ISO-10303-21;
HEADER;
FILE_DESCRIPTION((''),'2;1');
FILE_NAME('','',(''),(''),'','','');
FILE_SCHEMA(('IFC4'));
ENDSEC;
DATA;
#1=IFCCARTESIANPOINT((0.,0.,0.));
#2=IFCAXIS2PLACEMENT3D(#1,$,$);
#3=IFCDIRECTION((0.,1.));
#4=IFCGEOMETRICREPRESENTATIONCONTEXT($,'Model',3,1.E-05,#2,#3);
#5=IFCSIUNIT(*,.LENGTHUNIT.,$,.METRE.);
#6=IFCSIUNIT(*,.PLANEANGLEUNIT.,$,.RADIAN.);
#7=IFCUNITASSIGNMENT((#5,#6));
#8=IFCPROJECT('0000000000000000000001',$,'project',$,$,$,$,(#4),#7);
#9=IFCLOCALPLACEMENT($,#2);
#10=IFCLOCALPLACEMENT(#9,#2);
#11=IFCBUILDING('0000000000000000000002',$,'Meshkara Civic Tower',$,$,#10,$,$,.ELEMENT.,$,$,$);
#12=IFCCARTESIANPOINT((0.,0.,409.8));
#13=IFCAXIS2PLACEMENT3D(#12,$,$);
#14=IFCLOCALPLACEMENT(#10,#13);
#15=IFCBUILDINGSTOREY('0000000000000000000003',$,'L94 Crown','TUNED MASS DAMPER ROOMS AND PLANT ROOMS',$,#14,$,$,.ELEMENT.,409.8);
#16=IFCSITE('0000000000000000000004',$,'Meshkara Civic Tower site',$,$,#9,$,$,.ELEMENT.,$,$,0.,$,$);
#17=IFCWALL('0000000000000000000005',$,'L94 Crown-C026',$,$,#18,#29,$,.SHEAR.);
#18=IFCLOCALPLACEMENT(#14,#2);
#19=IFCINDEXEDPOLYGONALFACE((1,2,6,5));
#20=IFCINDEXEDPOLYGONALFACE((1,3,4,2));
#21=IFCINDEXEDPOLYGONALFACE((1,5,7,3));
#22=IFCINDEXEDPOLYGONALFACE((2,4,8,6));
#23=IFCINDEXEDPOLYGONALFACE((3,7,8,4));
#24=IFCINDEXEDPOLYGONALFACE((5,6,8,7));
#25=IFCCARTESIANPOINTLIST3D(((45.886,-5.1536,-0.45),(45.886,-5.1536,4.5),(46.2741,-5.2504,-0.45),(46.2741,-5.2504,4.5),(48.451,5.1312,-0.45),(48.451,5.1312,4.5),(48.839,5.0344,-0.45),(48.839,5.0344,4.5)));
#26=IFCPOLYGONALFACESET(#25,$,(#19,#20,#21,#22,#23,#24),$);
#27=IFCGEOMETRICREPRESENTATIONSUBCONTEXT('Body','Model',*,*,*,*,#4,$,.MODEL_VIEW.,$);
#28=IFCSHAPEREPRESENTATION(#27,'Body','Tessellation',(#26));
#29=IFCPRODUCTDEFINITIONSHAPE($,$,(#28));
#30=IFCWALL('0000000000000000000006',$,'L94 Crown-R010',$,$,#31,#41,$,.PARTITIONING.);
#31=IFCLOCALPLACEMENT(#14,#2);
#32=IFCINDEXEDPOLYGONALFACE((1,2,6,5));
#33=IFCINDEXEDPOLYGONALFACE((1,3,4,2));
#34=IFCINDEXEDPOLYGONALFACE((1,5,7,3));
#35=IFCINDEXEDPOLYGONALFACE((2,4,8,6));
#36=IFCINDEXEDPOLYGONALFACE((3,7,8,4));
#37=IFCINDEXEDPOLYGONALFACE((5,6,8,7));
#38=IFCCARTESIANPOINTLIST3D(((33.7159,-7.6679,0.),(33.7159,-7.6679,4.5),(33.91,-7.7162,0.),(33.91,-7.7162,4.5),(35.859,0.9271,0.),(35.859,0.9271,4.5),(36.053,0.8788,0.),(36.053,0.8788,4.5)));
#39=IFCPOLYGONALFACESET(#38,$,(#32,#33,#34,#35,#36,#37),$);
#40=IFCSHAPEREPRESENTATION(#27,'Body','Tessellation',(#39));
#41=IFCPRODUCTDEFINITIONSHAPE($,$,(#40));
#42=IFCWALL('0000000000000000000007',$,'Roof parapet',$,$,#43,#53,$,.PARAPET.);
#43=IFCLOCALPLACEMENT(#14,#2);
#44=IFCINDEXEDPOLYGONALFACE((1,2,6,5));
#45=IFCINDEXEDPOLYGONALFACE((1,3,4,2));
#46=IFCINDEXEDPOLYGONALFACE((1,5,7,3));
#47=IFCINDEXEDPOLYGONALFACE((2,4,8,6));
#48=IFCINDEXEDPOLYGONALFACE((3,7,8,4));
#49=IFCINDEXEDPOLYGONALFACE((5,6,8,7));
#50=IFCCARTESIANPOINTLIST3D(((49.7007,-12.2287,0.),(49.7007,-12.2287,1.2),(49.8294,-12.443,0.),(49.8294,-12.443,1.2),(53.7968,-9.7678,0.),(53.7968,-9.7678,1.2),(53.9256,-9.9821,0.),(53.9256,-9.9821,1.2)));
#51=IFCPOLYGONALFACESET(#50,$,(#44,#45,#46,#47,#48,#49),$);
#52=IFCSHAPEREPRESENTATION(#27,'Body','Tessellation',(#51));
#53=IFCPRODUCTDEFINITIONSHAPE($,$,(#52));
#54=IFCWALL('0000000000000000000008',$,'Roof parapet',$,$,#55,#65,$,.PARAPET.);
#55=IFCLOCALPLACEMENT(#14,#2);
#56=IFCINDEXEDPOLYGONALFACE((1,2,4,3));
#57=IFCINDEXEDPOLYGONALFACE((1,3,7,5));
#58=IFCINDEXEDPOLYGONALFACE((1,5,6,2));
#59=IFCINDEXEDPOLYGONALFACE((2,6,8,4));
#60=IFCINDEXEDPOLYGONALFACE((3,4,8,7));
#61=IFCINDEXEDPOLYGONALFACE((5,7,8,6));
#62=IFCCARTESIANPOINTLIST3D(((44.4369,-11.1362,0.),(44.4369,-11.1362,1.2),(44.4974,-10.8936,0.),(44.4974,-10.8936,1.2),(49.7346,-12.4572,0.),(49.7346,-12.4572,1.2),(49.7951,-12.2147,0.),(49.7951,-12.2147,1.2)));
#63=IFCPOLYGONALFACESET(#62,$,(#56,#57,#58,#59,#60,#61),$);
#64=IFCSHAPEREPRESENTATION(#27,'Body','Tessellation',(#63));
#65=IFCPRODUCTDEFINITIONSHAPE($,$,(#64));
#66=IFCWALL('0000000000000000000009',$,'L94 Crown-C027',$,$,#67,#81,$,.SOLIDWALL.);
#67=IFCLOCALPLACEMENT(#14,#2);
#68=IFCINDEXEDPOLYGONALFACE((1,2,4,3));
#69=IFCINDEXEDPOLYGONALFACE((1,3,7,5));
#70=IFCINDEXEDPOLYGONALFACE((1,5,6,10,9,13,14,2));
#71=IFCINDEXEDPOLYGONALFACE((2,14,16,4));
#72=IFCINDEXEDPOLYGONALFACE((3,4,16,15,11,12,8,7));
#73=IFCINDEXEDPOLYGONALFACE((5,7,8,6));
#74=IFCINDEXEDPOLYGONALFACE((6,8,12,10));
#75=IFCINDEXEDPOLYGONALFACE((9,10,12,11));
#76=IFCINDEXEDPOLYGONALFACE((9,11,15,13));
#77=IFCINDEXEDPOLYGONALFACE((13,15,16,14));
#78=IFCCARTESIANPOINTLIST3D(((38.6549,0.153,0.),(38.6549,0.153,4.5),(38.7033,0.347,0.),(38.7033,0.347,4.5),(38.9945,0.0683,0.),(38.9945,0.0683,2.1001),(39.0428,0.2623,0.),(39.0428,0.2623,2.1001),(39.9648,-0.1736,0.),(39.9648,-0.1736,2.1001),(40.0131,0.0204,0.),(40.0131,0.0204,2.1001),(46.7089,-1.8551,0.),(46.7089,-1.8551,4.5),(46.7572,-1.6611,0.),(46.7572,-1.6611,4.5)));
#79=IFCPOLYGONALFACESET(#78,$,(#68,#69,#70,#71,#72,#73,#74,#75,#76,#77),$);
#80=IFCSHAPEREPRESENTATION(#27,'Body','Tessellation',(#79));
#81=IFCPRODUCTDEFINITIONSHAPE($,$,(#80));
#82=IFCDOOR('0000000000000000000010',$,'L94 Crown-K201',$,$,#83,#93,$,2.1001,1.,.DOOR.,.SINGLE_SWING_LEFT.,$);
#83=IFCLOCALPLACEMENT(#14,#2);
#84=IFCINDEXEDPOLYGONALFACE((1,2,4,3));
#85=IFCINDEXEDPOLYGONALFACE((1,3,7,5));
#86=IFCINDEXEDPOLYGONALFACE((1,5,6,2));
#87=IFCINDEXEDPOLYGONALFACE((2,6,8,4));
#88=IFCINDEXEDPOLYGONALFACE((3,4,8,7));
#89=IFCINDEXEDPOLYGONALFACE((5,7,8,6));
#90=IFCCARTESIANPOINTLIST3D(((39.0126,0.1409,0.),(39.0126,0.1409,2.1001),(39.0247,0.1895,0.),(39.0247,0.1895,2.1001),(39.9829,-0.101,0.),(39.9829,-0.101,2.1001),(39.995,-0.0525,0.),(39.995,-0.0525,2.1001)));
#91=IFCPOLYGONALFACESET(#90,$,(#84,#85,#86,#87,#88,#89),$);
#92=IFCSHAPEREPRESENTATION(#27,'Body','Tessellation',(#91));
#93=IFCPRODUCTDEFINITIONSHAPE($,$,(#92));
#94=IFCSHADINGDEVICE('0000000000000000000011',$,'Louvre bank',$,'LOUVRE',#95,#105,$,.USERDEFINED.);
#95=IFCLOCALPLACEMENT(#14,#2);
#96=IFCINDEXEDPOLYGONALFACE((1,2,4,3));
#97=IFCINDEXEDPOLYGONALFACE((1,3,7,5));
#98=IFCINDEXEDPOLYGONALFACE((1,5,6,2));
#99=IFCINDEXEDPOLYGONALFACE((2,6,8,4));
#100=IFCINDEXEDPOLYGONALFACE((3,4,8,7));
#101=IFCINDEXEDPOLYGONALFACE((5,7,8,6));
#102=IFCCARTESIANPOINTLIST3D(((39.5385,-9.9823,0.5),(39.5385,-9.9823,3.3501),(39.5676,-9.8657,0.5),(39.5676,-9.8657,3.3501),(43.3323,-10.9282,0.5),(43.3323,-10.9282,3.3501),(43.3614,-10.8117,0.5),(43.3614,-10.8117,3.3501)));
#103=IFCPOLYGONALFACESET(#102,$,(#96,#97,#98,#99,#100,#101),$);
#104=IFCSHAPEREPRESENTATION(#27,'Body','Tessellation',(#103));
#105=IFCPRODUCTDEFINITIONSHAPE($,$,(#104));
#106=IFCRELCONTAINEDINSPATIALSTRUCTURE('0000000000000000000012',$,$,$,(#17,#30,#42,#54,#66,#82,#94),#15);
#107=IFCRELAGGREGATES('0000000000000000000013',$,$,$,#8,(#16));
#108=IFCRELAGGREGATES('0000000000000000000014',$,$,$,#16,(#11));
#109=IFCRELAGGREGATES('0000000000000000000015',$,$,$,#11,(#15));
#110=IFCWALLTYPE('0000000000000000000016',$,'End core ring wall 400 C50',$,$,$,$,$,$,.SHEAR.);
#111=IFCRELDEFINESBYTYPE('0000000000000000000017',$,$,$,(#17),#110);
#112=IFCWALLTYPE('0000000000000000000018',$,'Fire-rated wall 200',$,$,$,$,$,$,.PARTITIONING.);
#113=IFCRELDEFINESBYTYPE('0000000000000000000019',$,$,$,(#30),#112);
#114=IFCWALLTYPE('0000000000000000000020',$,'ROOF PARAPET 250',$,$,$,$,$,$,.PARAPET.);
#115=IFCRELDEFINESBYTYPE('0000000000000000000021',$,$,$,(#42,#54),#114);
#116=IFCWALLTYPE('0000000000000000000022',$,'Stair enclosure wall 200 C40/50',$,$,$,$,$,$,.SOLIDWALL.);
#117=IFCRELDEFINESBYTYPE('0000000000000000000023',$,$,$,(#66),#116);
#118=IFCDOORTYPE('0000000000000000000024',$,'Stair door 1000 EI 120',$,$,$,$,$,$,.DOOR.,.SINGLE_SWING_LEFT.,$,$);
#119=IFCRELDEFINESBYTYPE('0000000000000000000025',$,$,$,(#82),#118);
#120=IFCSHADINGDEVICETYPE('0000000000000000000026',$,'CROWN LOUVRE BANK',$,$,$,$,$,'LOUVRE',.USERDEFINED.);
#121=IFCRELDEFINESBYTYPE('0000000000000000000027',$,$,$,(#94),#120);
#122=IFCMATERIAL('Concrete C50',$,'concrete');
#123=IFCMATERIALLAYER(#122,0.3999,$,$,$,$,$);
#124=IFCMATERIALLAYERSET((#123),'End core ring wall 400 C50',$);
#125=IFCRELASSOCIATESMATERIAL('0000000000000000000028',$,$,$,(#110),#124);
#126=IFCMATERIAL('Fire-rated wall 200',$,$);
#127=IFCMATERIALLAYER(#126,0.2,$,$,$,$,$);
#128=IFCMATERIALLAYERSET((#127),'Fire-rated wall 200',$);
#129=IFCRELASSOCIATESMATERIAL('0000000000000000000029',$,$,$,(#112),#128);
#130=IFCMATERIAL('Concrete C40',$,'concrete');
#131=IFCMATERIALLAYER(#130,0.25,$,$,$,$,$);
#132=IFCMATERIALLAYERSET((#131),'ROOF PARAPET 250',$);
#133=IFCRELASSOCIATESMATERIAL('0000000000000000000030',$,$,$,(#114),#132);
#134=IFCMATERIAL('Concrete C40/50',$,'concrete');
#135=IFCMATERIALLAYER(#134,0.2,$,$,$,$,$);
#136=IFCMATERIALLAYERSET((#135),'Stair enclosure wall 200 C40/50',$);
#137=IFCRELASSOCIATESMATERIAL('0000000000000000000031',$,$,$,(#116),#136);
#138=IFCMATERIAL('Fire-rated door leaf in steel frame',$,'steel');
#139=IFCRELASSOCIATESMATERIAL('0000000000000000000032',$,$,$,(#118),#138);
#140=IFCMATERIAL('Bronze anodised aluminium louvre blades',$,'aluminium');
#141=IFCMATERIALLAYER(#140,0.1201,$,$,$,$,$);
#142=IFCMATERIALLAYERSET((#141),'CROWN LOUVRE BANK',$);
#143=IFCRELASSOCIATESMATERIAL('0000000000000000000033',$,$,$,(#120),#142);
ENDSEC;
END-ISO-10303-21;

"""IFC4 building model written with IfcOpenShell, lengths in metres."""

from ifc_helpers import new_model, si_unit, direction, frame, frame_2d, origin, origin_2d, place, context, subcontext, project, spatial, rectangle, extrude, material, layer, layer_set, type_object, element, fill, save


model = new_model("IFC4")

# Units and contexts
model_context = context("Model", 3, precision=1e-05, world=origin(), true_north=direction((0.0, 1.0)))
body_context = subcontext(model_context, "Body", "Model", "MODEL_VIEW")
ifc_project = project(units=[si_unit("LENGTHUNIT", "METRE"), si_unit("PLANEANGLEUNIT", "RADIAN")], contexts=[model_context])

# Site, building, storey
site_placement = place(None, origin())
site = spatial("IfcSite", under=ifc_project, at=site_placement, Name="Meshkara Civic Tower site", CompositionType="ELEMENT", RefElevation=0.0)
building_placement = place(site_placement, origin())
building = spatial("IfcBuilding", under=site, at=building_placement, Name="Meshkara Civic Tower", CompositionType="ELEMENT")
storey_placement = place(building_placement, frame((0.0, 0.0, 409.8)))
storey = spatial("IfcBuildingStorey", under=building, at=storey_placement, Name="L94 Crown", Description="TUNED MASS DAMPER ROOMS AND PLANT ROOMS", CompositionType="ELEMENT", Elevation=409.8)

# Shared definitions
ifc_material_1 = material(Name="Concrete C50", Category="concrete")
ifc_layer_1 = layer(ifc_material_1, 0.3999)
ifc_layer_set_1 = layer_set([ifc_layer_1], Name="End core ring wall 400 C50")
wall_type_1 = type_object("IfcWallType", Name="End core ring wall 400 C50", PredefinedType="SHEAR", material=ifc_layer_set_1)

# Walls
wall_1_placement = place(storey_placement, frame((46.0801, -5.2019, -0.45), z_axis=(0.0, 0.0, 1.0), x_axis=(0.241977, 0.970282, 0.0)))
element("IfcWall", 1, at=wall_1_placement, inside=storey, type_object=wall_type_1, Name="L94 Crown-C026", PredefinedType="SHEAR", context=body_context, shape_type="SweptSolid", body=[
    extrude(rectangle(XDim=10.5999, YDim=0.3999, at=frame_2d((5.2998, 0.0))), origin(), (0.0, 0.0, 1.0), 4.95),
])
ifc_material_2 = material(Name="Fire-rated wall 200")
ifc_layer_2 = layer(ifc_material_2, 0.2)
ifc_layer_set_2 = layer_set([ifc_layer_2], Name="Fire-rated wall 200")
wall_type_2 = type_object("IfcWallType", Name="Fire-rated wall 200", PredefinedType="PARTITIONING", material=ifc_layer_set_2)
wall_2_placement = place(storey_placement, frame((35.9561, 0.9031, 0.0), z_axis=(0.0, 0.0, 1.0), x_axis=(-0.241932, -0.970293, 0.0)))
element("IfcWall", 2, at=wall_2_placement, inside=storey, type_object=wall_type_2, Name="L94 Crown-R010", PredefinedType="PARTITIONING", context=body_context, shape_type="SweptSolid", body=[
    extrude(rectangle(XDim=8.8582, YDim=0.2, at=frame_2d((4.4292, 0.0))), origin(), (0.0, 0.0, 1.0), 4.5),
])
ifc_material_3 = material(Name="Concrete C40", Category="concrete")
ifc_layer_3 = layer(ifc_material_3, 0.25)
ifc_layer_set_3 = layer_set([ifc_layer_3], Name="ROOF PARAPET 250")
wall_type_3 = type_object("IfcWallType", Name="ROOF PARAPET 250", PredefinedType="PARAPET", material=ifc_layer_set_3)
wall_3_placement = place(storey_placement, frame((53.8611, -9.875, 0.0), z_axis=(0.0, 0.0, 1.0), x_axis=(-0.857195, -0.514992, 0.0)))
element("IfcWall", 3, at=wall_3_placement, inside=storey, type_object=wall_type_3, Name="Roof parapet", PredefinedType="PARAPET", context=body_context, shape_type="SweptSolid", body=[
    extrude(rectangle(XDim=4.7786, YDim=0.25, at=frame_2d((2.3892, 0.0))), origin(), (0.0, 0.0, 1.0), 1.2),
])
wall_4_placement = place(storey_placement, frame((49.7649, -12.3359, 0.0), z_axis=(0.0, 0.0, 1.0), x_axis=(-0.97029, 0.241946, 0.0)))
element("IfcWall", 4, at=wall_4_placement, inside=storey, type_object=wall_type_3, Name="Roof parapet", PredefinedType="PARAPET", context=body_context, shape_type="SweptSolid", body=[
    extrude(rectangle(XDim=5.46, YDim=0.25, at=frame_2d((2.73, 0.0))), origin(), (0.0, 0.0, 1.0), 1.2),
])

# Wall, opening, door
ifc_material_4 = material(Name="Concrete C40/50", Category="concrete")
ifc_layer_4 = layer(ifc_material_4, 0.2)
ifc_layer_set_4 = layer_set([ifc_layer_4], Name="Stair enclosure wall 200 C40/50")
wall_type_4 = type_object("IfcWallType", Name="Stair enclosure wall 200 C40/50", PredefinedType="SOLIDWALL", material=ifc_layer_set_4)
wall_5_placement = place(storey_placement, frame((38.679, 0.25, 0.0), z_axis=(0.0, 0.0, 1.0), x_axis=(0.970296, -0.24192, 0.0)))
wall_5 = element("IfcWall", 5, at=wall_5_placement, inside=storey, type_object=wall_type_4, Name="L94 Crown-C027", PredefinedType="SOLIDWALL", context=body_context, shape_type="SweptSolid", body=[
    extrude(rectangle(XDim=8.3005, YDim=0.2, at=frame_2d((4.1504, 0.0))), origin(), (0.0, 0.0, 1.0), 4.5),
])
opening_1_placement = place(wall_5_placement, frame((0.3501, 0.0, 0.0)))
opening_1 = element("IfcOpeningElement", 6, at=opening_1_placement, cuts=wall_5, PredefinedType="OPENING", context=body_context, shape_type="SweptSolid", body=[
    extrude(rectangle(XDim=1.0, YDim=2.1001, at=frame_2d((0.5, 1.05))), frame((0.0, 0.1099, 0.0), z_axis=(0.0, -1.0, 0.0), x_axis=(1.0, 0.0, 0.0)), (0.0, 0.0, 1.0), 0.22),
])
ifc_material_5 = material(Name="Fire-rated door leaf in steel frame", Category="steel")
door_type_1 = type_object("IfcDoorType", Name="Stair door 1000 EI 120", OperationType="SINGLE_SWING_LEFT", PredefinedType="DOOR", material=ifc_material_5)
door_1_placement = place(opening_1_placement, origin())
door_1 = element("IfcDoor", 7, at=door_1_placement, inside=storey, type_object=door_type_1, Name="L94 Crown-K201", OperationType="SINGLE_SWING_LEFT", OverallHeight=2.1001, OverallWidth=1.0, PredefinedType="DOOR", context=body_context, shape_type="SweptSolid", body=[
    extrude(rectangle(XDim=1.0, YDim=2.1001, at=frame_2d((0.5, 1.05))), frame((0.0, 0.0249, 0.0), z_axis=(0.0, -1.0, 0.0), x_axis=(1.0, 0.0, 0.0)), (0.0, 0.0, 1.0), 0.05),
])
fill(opening_1, door_1)

# Shading device
ifc_material_6 = material(Name="Bronze anodised aluminium louvre blades", Category="aluminium")
ifc_layer_5 = layer(ifc_material_6, 0.1201)
ifc_layer_set_5 = layer_set([ifc_layer_5], Name="CROWN LOUVRE BANK")
shading_device_type = type_object("IfcShadingDeviceType", Name="CROWN LOUVRE BANK", ElementType="LOUVRE", PredefinedType="USERDEFINED", material=ifc_layer_set_5)
shading_device_placement = place(storey_placement, frame((41.45, -10.397, 0.5), z_axis=(0.0, 0.0, 1.0), x_axis=(0.970292, -0.241939, 0.0)))
element("IfcShadingDevice", 8, at=shading_device_placement, inside=storey, type_object=shading_device_type, Name="Louvre bank", ObjectType="LOUVRE", PredefinedType="USERDEFINED", context=body_context, shape_type="SweptSolid", body=[
    extrude(rectangle(XDim=3.9099, YDim=0.1201, at=origin_2d()), origin(), (0.0, 0.0, 1.0), 2.8501),
])

save(model, "model.ifc")
